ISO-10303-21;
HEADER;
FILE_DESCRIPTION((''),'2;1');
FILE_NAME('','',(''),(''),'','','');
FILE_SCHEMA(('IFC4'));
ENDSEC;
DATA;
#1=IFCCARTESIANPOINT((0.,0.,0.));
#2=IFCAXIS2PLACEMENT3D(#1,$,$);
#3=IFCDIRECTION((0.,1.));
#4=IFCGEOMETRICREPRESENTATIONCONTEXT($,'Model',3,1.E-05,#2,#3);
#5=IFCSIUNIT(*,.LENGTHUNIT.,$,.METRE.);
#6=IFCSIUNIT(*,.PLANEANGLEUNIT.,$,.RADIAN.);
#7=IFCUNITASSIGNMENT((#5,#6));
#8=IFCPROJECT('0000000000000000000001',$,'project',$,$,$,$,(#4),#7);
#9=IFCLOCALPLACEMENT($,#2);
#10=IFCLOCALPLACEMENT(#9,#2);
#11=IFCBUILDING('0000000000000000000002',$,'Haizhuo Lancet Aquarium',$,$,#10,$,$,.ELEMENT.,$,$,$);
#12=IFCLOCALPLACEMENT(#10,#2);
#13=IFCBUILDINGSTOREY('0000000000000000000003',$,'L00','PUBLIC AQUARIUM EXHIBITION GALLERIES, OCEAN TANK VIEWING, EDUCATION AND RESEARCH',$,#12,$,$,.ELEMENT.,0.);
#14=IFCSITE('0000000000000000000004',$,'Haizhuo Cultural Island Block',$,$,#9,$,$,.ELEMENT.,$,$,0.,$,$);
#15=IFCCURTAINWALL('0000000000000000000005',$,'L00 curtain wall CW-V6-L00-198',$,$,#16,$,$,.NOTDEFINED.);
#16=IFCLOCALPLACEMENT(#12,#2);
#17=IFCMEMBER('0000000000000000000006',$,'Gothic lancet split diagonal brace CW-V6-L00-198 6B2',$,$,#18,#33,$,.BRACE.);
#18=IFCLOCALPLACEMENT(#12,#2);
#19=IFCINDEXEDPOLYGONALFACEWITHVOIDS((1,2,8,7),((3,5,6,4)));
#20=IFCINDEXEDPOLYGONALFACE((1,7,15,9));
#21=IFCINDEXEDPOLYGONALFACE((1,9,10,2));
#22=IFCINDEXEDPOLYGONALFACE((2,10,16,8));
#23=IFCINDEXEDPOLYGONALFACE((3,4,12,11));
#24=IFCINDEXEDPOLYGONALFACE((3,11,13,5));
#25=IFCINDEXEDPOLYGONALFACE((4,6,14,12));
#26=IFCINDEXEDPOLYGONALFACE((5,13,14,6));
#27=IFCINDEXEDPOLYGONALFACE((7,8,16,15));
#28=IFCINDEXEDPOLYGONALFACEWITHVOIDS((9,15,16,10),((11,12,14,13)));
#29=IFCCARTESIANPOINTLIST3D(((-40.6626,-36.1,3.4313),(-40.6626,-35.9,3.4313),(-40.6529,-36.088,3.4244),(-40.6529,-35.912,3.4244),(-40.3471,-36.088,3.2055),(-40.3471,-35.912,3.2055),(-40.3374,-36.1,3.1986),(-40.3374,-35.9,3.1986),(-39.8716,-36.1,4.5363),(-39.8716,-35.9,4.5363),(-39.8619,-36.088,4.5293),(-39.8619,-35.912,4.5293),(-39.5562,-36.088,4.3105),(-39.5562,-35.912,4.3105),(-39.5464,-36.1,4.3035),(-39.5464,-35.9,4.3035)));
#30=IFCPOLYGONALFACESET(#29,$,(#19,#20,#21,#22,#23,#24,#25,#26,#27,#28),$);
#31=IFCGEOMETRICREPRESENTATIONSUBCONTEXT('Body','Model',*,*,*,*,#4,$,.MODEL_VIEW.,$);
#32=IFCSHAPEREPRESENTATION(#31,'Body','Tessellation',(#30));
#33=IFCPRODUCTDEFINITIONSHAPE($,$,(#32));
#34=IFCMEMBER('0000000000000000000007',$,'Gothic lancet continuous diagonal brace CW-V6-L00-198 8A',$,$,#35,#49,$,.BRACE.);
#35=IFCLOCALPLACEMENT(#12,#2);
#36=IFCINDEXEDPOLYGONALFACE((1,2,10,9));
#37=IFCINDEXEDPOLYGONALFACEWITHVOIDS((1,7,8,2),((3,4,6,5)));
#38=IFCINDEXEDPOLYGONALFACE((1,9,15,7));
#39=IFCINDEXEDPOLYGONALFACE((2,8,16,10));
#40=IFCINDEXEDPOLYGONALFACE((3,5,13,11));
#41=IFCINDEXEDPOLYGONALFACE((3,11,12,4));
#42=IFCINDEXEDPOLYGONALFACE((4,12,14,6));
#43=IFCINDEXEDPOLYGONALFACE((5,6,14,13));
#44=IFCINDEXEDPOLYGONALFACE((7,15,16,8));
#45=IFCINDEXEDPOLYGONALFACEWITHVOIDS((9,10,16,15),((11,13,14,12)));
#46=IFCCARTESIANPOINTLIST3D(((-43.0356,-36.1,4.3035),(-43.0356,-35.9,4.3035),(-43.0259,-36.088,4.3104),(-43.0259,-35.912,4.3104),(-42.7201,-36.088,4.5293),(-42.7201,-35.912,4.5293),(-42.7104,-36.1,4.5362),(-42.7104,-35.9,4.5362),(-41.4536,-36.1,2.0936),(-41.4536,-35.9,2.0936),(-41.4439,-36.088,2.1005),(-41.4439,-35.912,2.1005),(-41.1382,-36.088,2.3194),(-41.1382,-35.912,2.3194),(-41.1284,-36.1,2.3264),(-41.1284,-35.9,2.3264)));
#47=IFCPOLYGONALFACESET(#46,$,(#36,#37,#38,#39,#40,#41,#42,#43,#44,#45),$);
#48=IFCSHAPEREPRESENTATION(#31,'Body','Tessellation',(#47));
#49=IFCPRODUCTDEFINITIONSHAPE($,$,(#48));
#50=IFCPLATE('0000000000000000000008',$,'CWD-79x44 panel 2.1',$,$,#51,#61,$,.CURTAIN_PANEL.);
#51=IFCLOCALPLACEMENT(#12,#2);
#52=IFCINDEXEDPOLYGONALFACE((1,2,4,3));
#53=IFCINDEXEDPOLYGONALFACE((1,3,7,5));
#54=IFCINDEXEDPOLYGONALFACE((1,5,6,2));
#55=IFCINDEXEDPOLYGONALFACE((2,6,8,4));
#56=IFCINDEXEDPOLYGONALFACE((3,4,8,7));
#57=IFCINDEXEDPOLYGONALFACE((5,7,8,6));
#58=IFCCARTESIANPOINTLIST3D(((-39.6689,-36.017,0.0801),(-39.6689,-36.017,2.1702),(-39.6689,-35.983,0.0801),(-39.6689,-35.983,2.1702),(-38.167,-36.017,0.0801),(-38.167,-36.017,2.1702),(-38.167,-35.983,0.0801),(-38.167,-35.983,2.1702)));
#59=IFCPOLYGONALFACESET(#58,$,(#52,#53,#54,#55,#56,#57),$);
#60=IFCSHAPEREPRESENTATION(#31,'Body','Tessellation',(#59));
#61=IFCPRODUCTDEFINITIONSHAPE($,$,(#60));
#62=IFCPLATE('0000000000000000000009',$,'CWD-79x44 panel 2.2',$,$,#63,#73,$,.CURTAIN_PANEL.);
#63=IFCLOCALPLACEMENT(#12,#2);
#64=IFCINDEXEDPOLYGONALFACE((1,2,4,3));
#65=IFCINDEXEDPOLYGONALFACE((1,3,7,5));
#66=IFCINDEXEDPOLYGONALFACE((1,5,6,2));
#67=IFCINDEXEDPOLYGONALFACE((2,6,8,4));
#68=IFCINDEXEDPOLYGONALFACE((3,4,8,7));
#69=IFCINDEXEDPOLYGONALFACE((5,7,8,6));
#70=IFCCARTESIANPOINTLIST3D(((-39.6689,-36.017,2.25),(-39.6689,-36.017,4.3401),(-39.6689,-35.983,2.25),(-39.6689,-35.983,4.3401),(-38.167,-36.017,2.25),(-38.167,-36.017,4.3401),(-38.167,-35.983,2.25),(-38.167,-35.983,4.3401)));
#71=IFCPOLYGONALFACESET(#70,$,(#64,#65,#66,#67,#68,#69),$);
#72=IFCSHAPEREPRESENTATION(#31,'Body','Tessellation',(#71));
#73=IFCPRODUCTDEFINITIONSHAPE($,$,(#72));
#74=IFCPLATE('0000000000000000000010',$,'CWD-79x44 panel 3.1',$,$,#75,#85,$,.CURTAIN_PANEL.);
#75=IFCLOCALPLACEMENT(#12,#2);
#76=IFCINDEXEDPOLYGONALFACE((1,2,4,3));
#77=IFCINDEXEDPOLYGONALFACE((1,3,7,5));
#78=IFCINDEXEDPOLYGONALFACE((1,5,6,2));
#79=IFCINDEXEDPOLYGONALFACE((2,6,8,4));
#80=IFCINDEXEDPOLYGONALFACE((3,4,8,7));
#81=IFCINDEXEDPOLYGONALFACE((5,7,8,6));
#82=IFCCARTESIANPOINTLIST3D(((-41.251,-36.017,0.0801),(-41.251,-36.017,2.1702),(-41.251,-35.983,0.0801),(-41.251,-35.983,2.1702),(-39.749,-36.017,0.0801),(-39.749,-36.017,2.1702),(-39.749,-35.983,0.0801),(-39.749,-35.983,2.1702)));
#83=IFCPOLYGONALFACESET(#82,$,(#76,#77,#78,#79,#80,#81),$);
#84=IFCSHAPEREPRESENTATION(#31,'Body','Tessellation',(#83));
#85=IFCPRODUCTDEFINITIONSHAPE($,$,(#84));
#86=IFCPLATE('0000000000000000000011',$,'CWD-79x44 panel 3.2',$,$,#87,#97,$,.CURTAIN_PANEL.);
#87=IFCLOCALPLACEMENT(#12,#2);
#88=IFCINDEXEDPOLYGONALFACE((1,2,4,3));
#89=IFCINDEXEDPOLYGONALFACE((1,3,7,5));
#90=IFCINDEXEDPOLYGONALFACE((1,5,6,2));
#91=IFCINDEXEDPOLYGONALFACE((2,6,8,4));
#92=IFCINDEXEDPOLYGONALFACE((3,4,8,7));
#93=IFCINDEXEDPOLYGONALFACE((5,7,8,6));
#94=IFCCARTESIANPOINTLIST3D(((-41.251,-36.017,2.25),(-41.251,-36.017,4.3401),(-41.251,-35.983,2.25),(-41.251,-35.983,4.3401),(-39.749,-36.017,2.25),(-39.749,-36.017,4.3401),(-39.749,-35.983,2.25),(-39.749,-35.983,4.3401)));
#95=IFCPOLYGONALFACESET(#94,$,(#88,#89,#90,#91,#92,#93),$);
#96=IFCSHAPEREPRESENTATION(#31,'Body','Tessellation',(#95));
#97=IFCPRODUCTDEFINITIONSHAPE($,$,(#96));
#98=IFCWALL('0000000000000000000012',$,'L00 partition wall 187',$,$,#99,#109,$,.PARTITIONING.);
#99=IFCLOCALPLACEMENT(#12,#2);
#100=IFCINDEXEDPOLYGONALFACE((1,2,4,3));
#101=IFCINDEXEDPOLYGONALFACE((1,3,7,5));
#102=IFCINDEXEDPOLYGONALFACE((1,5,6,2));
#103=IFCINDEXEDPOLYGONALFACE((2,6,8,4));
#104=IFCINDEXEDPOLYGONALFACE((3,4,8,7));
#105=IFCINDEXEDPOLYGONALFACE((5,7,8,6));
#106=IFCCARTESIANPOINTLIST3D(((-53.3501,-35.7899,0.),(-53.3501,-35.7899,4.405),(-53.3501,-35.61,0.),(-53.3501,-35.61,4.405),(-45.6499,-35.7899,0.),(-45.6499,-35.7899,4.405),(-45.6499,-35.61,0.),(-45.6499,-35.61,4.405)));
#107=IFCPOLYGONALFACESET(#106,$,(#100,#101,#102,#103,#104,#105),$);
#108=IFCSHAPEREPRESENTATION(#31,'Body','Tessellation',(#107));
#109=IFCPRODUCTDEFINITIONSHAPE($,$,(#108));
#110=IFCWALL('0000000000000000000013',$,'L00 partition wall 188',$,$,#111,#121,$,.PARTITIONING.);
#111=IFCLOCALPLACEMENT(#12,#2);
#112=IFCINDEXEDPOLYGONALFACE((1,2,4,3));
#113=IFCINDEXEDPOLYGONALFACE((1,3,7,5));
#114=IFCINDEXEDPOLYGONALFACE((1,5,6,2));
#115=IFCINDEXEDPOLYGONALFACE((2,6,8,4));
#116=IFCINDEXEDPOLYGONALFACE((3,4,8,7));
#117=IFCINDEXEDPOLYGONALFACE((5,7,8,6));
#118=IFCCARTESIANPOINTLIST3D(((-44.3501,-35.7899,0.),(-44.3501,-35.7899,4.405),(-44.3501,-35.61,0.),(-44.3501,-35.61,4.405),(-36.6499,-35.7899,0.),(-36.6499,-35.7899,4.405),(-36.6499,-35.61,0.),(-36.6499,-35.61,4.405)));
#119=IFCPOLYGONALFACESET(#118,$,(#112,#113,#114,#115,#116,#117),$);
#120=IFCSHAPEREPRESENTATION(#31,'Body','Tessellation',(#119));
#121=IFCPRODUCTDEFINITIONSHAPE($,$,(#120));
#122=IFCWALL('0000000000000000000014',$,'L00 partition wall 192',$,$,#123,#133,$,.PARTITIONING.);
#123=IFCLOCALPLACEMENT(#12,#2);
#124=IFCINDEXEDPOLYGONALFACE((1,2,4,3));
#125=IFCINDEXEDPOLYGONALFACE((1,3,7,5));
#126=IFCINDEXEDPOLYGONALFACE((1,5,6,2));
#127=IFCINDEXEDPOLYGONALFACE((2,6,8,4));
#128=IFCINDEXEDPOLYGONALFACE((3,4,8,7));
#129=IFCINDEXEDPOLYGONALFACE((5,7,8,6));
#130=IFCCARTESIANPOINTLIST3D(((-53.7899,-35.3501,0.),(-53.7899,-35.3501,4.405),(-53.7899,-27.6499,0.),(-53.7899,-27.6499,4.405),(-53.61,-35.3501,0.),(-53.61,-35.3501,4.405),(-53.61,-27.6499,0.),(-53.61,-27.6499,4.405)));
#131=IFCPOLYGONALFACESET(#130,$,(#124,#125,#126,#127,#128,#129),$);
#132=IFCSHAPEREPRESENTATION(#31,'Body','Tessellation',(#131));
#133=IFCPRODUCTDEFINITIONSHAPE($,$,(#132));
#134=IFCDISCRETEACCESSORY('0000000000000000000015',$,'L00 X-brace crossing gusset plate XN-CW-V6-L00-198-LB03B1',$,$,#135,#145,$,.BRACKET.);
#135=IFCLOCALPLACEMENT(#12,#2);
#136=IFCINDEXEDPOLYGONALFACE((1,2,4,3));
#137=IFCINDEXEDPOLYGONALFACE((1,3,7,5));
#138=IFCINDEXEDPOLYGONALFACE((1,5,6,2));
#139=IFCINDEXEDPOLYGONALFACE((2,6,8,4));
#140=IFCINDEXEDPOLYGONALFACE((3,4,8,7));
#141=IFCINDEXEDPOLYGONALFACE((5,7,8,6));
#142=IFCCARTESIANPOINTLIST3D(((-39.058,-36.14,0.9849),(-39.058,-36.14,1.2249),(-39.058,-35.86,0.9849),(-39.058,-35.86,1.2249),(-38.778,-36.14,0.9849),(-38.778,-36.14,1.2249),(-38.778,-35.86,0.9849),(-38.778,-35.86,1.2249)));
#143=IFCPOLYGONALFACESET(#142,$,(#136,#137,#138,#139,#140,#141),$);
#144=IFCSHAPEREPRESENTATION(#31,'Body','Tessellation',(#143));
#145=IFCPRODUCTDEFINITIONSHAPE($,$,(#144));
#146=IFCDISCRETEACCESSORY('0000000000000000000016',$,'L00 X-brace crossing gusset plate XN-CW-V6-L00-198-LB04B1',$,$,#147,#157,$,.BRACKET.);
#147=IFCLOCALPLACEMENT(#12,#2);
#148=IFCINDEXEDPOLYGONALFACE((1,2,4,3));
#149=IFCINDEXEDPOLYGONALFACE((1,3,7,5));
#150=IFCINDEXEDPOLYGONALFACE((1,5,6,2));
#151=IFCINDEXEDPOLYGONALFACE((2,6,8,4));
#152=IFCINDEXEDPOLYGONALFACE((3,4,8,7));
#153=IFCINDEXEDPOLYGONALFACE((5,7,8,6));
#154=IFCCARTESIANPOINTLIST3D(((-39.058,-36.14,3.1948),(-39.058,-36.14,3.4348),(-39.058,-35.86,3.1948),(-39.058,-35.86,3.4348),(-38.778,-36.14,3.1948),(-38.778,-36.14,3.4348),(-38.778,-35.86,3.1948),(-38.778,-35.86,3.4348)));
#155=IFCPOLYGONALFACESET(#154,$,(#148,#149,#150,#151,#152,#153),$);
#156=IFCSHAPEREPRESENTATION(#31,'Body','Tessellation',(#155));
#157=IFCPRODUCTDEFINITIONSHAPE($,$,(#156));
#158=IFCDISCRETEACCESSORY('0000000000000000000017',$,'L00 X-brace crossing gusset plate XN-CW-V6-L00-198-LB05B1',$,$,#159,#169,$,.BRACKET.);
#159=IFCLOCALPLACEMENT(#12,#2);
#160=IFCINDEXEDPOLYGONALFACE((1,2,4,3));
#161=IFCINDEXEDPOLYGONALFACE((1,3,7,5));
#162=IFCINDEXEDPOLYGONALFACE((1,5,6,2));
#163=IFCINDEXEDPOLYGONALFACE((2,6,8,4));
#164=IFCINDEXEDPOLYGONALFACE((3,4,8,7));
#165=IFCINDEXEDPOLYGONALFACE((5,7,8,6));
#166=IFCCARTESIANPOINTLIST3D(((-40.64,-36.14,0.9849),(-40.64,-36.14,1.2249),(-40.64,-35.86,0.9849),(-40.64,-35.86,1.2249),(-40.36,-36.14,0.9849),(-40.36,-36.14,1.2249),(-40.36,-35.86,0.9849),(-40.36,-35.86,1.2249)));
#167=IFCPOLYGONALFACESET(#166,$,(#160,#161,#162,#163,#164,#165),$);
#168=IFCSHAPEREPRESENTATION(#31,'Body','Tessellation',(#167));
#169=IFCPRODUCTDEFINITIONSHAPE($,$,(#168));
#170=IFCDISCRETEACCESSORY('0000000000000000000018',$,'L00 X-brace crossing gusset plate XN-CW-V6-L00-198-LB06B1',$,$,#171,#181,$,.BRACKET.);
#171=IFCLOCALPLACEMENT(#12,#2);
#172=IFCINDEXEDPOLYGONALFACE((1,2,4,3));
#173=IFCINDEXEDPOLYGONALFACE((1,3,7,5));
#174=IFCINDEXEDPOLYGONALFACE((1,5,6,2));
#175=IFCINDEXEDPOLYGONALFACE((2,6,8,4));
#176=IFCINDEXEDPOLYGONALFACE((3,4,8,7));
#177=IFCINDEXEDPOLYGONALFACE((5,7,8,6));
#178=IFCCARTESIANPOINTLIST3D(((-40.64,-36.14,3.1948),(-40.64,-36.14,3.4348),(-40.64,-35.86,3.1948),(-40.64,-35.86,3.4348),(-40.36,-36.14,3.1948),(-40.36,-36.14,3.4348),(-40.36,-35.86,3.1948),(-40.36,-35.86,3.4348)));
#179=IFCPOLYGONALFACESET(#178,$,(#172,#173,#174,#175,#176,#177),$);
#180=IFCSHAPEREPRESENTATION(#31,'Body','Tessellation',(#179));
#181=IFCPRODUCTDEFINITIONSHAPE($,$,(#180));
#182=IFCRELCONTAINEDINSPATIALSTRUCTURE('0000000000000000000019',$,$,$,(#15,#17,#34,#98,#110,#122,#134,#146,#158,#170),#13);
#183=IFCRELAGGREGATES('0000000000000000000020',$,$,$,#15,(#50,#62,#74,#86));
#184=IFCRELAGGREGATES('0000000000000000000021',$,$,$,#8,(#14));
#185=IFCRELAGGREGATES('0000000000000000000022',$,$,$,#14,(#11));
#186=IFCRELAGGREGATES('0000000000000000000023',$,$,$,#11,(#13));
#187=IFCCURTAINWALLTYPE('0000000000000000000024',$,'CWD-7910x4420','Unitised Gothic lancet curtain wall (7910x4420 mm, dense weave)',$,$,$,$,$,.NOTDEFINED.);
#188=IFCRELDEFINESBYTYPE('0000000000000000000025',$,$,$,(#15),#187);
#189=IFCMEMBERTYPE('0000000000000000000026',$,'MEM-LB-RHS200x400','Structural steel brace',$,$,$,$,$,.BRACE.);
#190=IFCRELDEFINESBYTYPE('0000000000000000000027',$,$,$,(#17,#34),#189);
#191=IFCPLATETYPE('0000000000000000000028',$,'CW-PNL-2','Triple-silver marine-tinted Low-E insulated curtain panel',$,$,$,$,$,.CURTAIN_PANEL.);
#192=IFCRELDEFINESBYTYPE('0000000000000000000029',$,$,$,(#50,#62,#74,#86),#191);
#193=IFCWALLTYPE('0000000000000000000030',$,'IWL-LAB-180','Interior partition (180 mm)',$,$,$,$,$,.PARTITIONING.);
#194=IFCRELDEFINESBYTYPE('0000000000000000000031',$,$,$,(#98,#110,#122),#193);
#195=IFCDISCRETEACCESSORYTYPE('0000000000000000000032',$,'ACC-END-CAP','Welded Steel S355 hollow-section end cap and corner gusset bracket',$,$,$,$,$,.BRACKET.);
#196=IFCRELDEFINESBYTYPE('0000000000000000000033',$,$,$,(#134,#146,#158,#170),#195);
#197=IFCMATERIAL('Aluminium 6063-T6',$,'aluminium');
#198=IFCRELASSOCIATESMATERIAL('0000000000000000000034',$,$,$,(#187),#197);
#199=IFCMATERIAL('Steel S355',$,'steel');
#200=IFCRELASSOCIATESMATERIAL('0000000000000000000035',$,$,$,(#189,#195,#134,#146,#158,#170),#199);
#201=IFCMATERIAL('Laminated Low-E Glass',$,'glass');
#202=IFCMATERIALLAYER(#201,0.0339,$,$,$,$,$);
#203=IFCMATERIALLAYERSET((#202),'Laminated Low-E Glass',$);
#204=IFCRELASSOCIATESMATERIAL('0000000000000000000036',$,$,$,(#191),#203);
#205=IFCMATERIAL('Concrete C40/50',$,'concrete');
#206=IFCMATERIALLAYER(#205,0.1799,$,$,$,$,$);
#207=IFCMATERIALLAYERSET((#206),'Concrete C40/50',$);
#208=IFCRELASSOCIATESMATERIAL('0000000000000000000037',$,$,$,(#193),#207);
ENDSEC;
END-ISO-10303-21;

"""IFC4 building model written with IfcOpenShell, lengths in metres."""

from ifc_helpers import new_model, si_unit, direction, frame, frame_2d, origin, origin_2d, place, context, subcontext, project, spatial, rectangle, hollow_rectangle, extrude, material, layer, layer_set, material_profile, profile_set, type_object, element, aggregate, save


model = new_model("IFC4")

# Units and contexts
model_context = context("Model", 3, precision=1e-05, world=origin(), true_north=direction((0.0, 1.0)))
body_context = subcontext(model_context, "Body", "Model", "MODEL_VIEW")
ifc_project = project(units=[si_unit("LENGTHUNIT", "METRE"), si_unit("PLANEANGLEUNIT", "RADIAN")], contexts=[model_context])

# Site, building, storey
site_placement = place(None, origin())
site = spatial("IfcSite", under=ifc_project, at=site_placement, Name="Haizhuo Cultural Island Block", CompositionType="ELEMENT", RefElevation=0.0)
building_placement = place(site_placement, origin())
building = spatial("IfcBuilding", under=site, at=building_placement, Name="Haizhuo Lancet Aquarium", CompositionType="ELEMENT")
storey_placement = place(building_placement, origin())
storey = spatial("IfcBuildingStorey", under=building, at=storey_placement, Name="L00", Description="PUBLIC AQUARIUM EXHIBITION GALLERIES, OCEAN TANK VIEWING, EDUCATION AND RESEARCH", CompositionType="ELEMENT", Elevation=0.0)

# Shared definitions
ifc_material_1 = material(Name="Steel S355", Category="steel")

# Curtain wall
ifc_material_2 = material(Name="Aluminium 6063-T6", Category="aluminium")
curtain_wall_type = type_object("IfcCurtainWallType", Name="CWD-7910x4420", Description="Unitised Gothic lancet curtain wall (7910x4420 mm, dense weave)", PredefinedType="NOTDEFINED", material=ifc_material_2)
curtain_wall_placement = place(storey_placement, origin())
curtain_wall = element("IfcCurtainWall", 1, at=curtain_wall_placement, inside=storey, type_object=curtain_wall_type, Name="L00 curtain wall CW-V6-L00-198", PredefinedType="NOTDEFINED")

# Members
ifc_material_profile_1 = material_profile(ifc_material_1, hollow_rectangle(XDim=0.2, YDim=0.3999, WallThickness=0.012, at=origin_2d()), Name="RHS 200x400x12")
ifc_profile_set_1 = profile_set([ifc_material_profile_1], Name="Steel S355")
member_type_1 = type_object("IfcMemberType", Name="MEM-LB-RHS200x400", Description="Structural steel brace", PredefinedType="BRACE", material=ifc_profile_set_1)
member_1_placement = place(storey_placement, frame((-40.5, -36.0, 3.3149), z_axis=(0.582088, 0.0, 0.813126), x_axis=(0.0, 1.0, 0.0)))
element("IfcMember", 2, at=member_1_placement, inside=storey, type_object=member_type_1, Name="Gothic lancet split diagonal brace CW-V6-L00-198 6B2", PredefinedType="BRACE", context=body_context, shape_type="SweptSolid", body=[
    extrude(hollow_rectangle(XDim=0.2, YDim=0.3999, WallThickness=0.012, at=origin_2d()), origin(), (0.0, 0.0, 1.0), 1.3589),
])
member_2_placement = place(storey_placement, frame((-41.291, -36.0, 2.21), z_axis=(-0.582088, 0.0, 0.813126), x_axis=(0.0, -1.0, 0.0)))
element("IfcMember", 3, at=member_2_placement, inside=storey, type_object=member_type_1, Name="Gothic lancet continuous diagonal brace CW-V6-L00-198 8A", PredefinedType="BRACE", context=body_context, shape_type="SweptSolid", body=[
    extrude(hollow_rectangle(XDim=0.2, YDim=0.3999, WallThickness=0.012, at=origin_2d()), origin(), (0.0, 0.0, 1.0), 2.7178),
])

# Plates
ifc_material_3 = material(Name="Laminated Low-E Glass", Category="glass")
ifc_layer_1 = layer(ifc_material_3, 0.0339)
ifc_layer_set_1 = layer_set([ifc_layer_1], Name="Laminated Low-E Glass")
plate_type = type_object("IfcPlateType", Name="CW-PNL-2", Description="Triple-silver marine-tinted Low-E insulated curtain panel", PredefinedType="CURTAIN_PANEL", material=ifc_layer_set_1)
plate_1_placement = place(storey_placement, frame((-38.918, -36.0, 0.0801), z_axis=(0.0, 0.0, 1.0), x_axis=(-1.0, 0.0, 0.0)))
plate_1 = element("IfcPlate", 4, at=plate_1_placement, type_object=plate_type, Name="CWD-79x44 panel 2.1", PredefinedType="CURTAIN_PANEL", context=body_context, shape_type="SweptSolid", body=[
    extrude(rectangle(XDim=1.502, YDim=0.0339, at=origin_2d()), origin(), (0.0, 0.0, 1.0), 2.0901),
])
plate_2_placement = place(storey_placement, frame((-38.918, -36.0, 2.25), z_axis=(0.0, 0.0, 1.0), x_axis=(-1.0, 0.0, 0.0)))
plate_2 = element("IfcPlate", 5, at=plate_2_placement, type_object=plate_type, Name="CWD-79x44 panel 2.2", PredefinedType="CURTAIN_PANEL", context=body_context, shape_type="SweptSolid", body=[
    extrude(rectangle(XDim=1.502, YDim=0.0339, at=origin_2d()), origin(), (0.0, 0.0, 1.0), 2.0901),
])
plate_3_placement = place(storey_placement, frame((-40.5, -36.0, 0.0801), z_axis=(0.0, 0.0, 1.0), x_axis=(-1.0, 0.0, 0.0)))
plate_3 = element("IfcPlate", 6, at=plate_3_placement, type_object=plate_type, Name="CWD-79x44 panel 3.1", PredefinedType="CURTAIN_PANEL", context=body_context, shape_type="SweptSolid", body=[
    extrude(rectangle(XDim=1.502, YDim=0.0339, at=origin_2d()), origin(), (0.0, 0.0, 1.0), 2.0901),
])
plate_4_placement = place(storey_placement, frame((-40.5, -36.0, 2.25), z_axis=(0.0, 0.0, 1.0), x_axis=(-1.0, 0.0, 0.0)))
plate_4 = element("IfcPlate", 7, at=plate_4_placement, type_object=plate_type, Name="CWD-79x44 panel 3.2", PredefinedType="CURTAIN_PANEL", context=body_context, shape_type="SweptSolid", body=[
    extrude(rectangle(XDim=1.502, YDim=0.0339, at=origin_2d()), origin(), (0.0, 0.0, 1.0), 2.0901),
])
aggregate(curtain_wall, [plate_1, plate_2, plate_3, plate_4])

# Walls
ifc_material_4 = material(Name="Concrete C40/50", Category="concrete")
ifc_layer_2 = layer(ifc_material_4, 0.1799)
ifc_layer_set_2 = layer_set([ifc_layer_2], Name="Concrete C40/50")
wall_type = type_object("IfcWallType", Name="IWL-LAB-180", Description="Interior partition (180 mm)", PredefinedType="PARTITIONING", material=ifc_layer_set_2)
for number, where, z_axis, x_axis, name in (
    (8, (-53.3501, -35.7, 0.0), (0.0, 0.0, 1.0), (1.0, 0.0, 0.0), "L00 partition wall 187"),
    (9, (-44.3501, -35.7, 0.0), (0.0, 0.0, 1.0), (1.0, 0.0, 0.0), "L00 partition wall 188"),
    (10, (-53.7, -27.6499, 0.0), (0.0, 0.0, 1.0), (0.0, -1.0, 0.0), "L00 partition wall 192"),
):
    element("IfcWall", number, at=place(storey_placement, frame(where, z_axis=z_axis, x_axis=x_axis)), inside=storey, type_object=wall_type, Name=name, PredefinedType="PARTITIONING", context=body_context, shape_type="SweptSolid", body=[
        extrude(rectangle(XDim=7.7002, YDim=0.1799, at=frame_2d((3.8501, 0.0))), origin(), (0.0, 0.0, 1.0), 4.405),
    ])

# Discrete accessories
discrete_accessory_type = type_object("IfcDiscreteAccessoryType", Name="ACC-END-CAP", Description="Welded Steel S355 hollow-section end cap and corner gusset bracket", PredefinedType="BRACKET", material=ifc_material_1)
for number, where, z_axis, x_axis, name in (
    (11, (-38.918, -36.0, 0.9849), (0.0, 0.0, 1.0), (1.0, 0.0, 0.0), "L00 X-brace crossing gusset plate XN-CW-V6-L00-198-LB03B1"),
    (12, (-38.918, -36.0, 3.1948), (0.0, 0.0, 1.0), (1.0, 0.0, 0.0), "L00 X-brace crossing gusset plate XN-CW-V6-L00-198-LB04B1"),
    (13, (-40.5, -36.0, 0.9849), (0.0, 0.0, 1.0), (1.0, 0.0, 0.0), "L00 X-brace crossing gusset plate XN-CW-V6-L00-198-LB05B1"),
    (14, (-40.5, -36.0, 3.1948), (0.0, 0.0, 1.0), (1.0, 0.0, 0.0), "L00 X-brace crossing gusset plate XN-CW-V6-L00-198-LB06B1"),
):
    element("IfcDiscreteAccessory", number, at=place(storey_placement, frame(where, z_axis=z_axis, x_axis=x_axis)), inside=storey, type_object=discrete_accessory_type, material=ifc_material_1, Name=name, PredefinedType="BRACKET", context=body_context, shape_type="SweptSolid", body=[
        extrude(rectangle(XDim=0.28, YDim=0.28, at=origin_2d()), origin(), (0.0, 0.0, 1.0), 0.24),
    ])

save(model, "model.ifc")
